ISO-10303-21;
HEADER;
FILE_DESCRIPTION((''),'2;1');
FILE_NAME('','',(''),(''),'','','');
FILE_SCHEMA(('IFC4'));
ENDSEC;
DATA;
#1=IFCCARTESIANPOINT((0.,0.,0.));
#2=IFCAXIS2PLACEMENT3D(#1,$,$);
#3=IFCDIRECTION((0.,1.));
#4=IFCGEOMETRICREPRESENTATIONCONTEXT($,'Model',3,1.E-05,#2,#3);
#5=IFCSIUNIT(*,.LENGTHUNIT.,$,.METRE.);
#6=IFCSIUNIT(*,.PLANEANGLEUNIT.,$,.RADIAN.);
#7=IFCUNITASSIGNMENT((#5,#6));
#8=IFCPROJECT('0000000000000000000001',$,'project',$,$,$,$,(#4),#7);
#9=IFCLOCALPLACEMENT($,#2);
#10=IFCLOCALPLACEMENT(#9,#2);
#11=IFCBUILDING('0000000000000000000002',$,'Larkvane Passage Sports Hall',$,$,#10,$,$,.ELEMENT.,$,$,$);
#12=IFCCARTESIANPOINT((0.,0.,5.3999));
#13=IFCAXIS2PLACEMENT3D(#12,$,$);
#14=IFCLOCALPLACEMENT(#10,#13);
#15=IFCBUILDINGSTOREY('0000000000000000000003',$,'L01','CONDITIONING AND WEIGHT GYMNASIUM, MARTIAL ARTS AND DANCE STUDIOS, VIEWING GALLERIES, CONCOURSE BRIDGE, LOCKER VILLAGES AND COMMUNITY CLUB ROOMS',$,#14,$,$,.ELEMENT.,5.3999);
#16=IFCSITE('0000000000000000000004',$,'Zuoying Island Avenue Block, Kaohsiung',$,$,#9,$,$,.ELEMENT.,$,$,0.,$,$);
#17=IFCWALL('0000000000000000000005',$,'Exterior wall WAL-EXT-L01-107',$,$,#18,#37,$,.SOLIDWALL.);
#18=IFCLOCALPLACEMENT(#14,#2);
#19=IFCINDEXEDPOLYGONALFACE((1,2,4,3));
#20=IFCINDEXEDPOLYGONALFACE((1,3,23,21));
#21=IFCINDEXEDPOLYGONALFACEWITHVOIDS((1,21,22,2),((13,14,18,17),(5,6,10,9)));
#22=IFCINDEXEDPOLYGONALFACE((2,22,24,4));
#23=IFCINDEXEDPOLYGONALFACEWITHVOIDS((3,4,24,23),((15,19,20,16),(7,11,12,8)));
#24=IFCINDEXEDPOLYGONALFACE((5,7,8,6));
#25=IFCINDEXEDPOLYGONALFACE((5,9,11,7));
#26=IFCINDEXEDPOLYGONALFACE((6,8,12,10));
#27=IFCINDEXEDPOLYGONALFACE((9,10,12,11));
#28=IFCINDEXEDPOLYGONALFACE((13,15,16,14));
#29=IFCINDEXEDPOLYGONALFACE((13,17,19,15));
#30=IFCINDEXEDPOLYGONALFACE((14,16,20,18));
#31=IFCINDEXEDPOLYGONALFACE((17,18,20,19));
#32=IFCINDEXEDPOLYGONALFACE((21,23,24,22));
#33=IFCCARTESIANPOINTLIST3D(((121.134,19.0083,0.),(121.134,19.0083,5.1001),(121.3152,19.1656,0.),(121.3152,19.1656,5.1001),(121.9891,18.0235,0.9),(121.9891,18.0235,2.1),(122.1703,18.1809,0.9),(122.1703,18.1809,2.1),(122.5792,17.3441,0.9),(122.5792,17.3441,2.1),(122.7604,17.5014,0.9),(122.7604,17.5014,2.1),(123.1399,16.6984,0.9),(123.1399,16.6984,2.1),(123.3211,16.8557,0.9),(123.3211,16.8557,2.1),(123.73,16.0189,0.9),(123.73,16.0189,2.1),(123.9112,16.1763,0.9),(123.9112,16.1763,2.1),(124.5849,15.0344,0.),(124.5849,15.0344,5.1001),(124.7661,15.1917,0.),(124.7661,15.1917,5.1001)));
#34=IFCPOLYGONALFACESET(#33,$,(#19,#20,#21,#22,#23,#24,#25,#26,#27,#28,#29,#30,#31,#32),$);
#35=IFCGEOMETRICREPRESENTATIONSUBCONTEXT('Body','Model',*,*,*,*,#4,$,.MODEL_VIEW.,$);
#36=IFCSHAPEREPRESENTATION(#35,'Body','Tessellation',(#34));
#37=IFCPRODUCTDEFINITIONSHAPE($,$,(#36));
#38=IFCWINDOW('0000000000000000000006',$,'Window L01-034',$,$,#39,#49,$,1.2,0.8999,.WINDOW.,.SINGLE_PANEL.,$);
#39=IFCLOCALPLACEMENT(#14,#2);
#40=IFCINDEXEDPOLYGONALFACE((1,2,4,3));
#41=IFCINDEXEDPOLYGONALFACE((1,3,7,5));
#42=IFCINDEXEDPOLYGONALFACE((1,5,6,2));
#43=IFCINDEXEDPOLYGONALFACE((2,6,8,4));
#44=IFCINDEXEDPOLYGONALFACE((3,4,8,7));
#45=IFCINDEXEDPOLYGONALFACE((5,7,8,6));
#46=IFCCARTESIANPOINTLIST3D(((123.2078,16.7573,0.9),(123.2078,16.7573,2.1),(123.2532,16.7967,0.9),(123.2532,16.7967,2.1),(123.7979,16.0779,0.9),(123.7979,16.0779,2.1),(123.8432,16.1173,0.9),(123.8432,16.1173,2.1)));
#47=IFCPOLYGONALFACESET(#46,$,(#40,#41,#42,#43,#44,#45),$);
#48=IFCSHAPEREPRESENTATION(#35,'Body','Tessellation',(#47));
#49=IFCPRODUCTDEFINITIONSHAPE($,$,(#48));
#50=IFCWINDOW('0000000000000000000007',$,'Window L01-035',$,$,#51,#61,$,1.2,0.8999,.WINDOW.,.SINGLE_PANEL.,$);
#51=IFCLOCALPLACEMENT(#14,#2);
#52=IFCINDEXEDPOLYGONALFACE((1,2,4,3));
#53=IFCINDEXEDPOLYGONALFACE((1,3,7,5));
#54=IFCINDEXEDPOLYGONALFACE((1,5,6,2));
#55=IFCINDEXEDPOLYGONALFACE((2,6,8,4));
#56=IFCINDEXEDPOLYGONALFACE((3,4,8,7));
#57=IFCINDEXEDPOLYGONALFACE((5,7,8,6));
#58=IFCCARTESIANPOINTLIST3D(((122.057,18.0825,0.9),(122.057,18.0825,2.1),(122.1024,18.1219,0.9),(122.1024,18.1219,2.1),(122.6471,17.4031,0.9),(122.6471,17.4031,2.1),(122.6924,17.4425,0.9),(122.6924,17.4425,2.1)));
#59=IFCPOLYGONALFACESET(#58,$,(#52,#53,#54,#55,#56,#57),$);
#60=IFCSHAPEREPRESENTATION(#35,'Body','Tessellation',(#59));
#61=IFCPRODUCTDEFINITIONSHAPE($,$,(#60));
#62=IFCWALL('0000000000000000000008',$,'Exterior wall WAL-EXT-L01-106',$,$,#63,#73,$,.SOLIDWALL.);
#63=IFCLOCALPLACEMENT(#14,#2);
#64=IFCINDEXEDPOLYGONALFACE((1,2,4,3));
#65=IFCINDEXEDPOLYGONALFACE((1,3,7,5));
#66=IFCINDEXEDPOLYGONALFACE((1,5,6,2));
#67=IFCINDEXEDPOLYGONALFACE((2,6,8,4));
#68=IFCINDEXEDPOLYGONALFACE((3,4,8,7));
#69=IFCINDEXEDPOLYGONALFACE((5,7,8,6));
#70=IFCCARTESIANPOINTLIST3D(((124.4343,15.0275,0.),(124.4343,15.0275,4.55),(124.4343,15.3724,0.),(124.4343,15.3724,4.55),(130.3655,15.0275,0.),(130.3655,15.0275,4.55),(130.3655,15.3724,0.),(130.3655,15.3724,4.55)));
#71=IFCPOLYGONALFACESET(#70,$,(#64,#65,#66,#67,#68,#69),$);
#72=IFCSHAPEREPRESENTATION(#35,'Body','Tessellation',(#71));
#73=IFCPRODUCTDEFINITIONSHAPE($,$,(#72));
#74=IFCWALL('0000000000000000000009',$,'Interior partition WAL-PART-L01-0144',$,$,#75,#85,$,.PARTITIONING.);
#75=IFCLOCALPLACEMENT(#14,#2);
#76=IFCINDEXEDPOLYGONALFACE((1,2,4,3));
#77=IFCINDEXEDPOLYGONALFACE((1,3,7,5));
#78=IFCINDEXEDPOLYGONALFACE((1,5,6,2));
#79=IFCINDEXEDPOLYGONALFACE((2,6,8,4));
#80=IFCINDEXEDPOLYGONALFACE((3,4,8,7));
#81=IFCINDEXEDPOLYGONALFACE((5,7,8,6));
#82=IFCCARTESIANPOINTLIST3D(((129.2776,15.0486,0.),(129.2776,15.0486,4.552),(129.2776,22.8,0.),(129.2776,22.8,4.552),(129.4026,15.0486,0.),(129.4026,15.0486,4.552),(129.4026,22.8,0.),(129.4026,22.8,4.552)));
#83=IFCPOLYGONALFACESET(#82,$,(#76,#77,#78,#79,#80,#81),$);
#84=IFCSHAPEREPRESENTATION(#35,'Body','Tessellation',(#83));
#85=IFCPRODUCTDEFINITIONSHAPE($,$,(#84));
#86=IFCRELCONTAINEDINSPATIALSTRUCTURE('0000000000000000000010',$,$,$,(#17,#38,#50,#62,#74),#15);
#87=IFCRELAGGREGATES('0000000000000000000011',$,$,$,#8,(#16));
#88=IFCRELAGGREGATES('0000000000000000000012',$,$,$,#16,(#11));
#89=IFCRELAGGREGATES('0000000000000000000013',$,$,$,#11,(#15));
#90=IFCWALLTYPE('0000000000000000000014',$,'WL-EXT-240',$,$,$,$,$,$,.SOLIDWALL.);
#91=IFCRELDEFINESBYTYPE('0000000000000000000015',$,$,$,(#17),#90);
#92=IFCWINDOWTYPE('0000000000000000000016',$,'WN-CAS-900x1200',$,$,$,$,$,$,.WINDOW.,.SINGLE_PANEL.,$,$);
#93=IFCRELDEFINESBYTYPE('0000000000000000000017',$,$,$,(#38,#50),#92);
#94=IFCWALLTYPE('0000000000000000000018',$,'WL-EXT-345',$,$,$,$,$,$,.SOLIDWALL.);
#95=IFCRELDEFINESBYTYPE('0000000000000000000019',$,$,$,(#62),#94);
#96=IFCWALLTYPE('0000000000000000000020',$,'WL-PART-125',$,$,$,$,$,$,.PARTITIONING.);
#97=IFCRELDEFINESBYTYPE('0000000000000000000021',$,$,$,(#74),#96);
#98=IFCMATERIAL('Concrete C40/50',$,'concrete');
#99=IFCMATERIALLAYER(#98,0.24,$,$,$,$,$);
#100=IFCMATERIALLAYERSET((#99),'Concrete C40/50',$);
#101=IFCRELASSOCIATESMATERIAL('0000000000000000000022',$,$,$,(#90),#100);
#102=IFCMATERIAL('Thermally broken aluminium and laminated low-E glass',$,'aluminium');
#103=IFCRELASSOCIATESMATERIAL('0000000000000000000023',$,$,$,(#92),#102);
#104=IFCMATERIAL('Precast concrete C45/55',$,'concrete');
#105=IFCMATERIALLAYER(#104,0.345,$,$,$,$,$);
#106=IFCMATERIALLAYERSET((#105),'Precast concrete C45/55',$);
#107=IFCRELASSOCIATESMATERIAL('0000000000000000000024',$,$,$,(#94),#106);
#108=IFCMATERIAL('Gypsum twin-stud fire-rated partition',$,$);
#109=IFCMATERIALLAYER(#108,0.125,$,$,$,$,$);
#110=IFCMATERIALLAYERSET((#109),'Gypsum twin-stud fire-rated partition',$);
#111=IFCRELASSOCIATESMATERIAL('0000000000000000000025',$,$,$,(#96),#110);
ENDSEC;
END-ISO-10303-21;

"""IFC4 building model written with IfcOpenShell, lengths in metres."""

from ifc_helpers import new_model, si_unit, direction, frame, frame_2d, origin, place, context, subcontext, project, spatial, rectangle, extrude, material, layer, layer_set, type_object, element, fill, save


model = new_model("IFC4")

# Units and contexts
model_context = context("Model", 3, precision=1e-05, world=origin(), true_north=direction((0.0, 1.0)))
body_context = subcontext(model_context, "Body", "Model", "MODEL_VIEW")
ifc_project = project(units=[si_unit("LENGTHUNIT", "METRE"), si_unit("PLANEANGLEUNIT", "RADIAN")], contexts=[model_context])

# Site, building, storey
site_placement = place(None, origin())
site = spatial("IfcSite", under=ifc_project, at=site_placement, Name="Zuoying Island Avenue Block, Kaohsiung", CompositionType="ELEMENT", RefElevation=0.0)
building_placement = place(site_placement, origin())
building = spatial("IfcBuilding", under=site, at=building_placement, Name="Larkvane Passage Sports Hall", CompositionType="ELEMENT")
storey_placement = place(building_placement, frame((0.0, 0.0, 5.3999)))
storey = spatial("IfcBuildingStorey", under=building, at=storey_placement, Name="L01", Description="CONDITIONING AND WEIGHT GYMNASIUM, MARTIAL ARTS AND DANCE STUDIOS, VIEWING GALLERIES, CONCOURSE BRIDGE, LOCKER VILLAGES AND COMMUNITY CLUB ROOMS", CompositionType="ELEMENT", Elevation=5.3999)

# Wall, openings, windows
ifc_material_1 = material(Name="Concrete C40/50", Category="concrete")
ifc_layer_1 = layer(ifc_material_1, 0.24)
ifc_layer_set_1 = layer_set([ifc_layer_1], Name="Concrete C40/50")
wall_type_1 = type_object("IfcWallType", Name="WL-EXT-240", PredefinedType="SOLIDWALL", material=ifc_layer_set_1)
wall_1_placement = place(storey_placement, frame((124.6755, 15.113, 0.0), z_axis=(0.0, 0.0, 1.0), x_axis=(-0.655679, 0.75504, 0.0)))
wall_1 = element("IfcWall", 1, at=wall_1_placement, inside=storey, type_object=wall_type_1, Name="Exterior wall WAL-EXT-L01-107", PredefinedType="SOLIDWALL", context=body_context, shape_type="SweptSolid", body=[
    extrude(rectangle(XDim=5.2632, YDim=0.24, at=frame_2d((2.6316, 0.0))), origin(), (0.0, 0.0, 1.0), 5.1001),
])
opening_1_placement = place(wall_1_placement, frame((1.304, 0.0, 0.8999)))
opening_1 = element("IfcOpeningElement", 2, at=opening_1_placement, cuts=wall_1, PredefinedType="OPENING", context=body_context, shape_type="SweptSolid", body=[
    extrude(rectangle(XDim=0.8999, YDim=1.2, at=frame_2d((0.45, 0.6001))), frame((0.0, 0.1299, 0.0), z_axis=(0.0, -1.0, 0.0), x_axis=(1.0, 0.0, 0.0)), (0.0, 0.0, 1.0), 0.26),
])
opening_2_placement = place(wall_1_placement, frame((3.0591, 0.0, 0.8999)))
opening_2 = element("IfcOpeningElement", 3, at=opening_2_placement, cuts=wall_1, PredefinedType="OPENING", context=body_context, shape_type="SweptSolid", body=[
    extrude(rectangle(XDim=0.8999, YDim=1.2, at=frame_2d((0.45, 0.6001))), frame((0.0, 0.1299, 0.0), z_axis=(0.0, -1.0, 0.0), x_axis=(1.0, 0.0, 0.0)), (0.0, 0.0, 1.0), 0.26),
])
ifc_material_2 = material(Name="Thermally broken aluminium and laminated low-E glass", Category="aluminium")
window_type = type_object("IfcWindowType", Name="WN-CAS-900x1200", PartitioningType="SINGLE_PANEL", PredefinedType="WINDOW", material=ifc_material_2)
window_1_placement = place(opening_1_placement, origin())
window_1 = element("IfcWindow", 4, at=window_1_placement, inside=storey, type_object=window_type, Name="Window L01-034", OverallHeight=1.2, OverallWidth=0.8999, PartitioningType="SINGLE_PANEL", PredefinedType="WINDOW", context=body_context, shape_type="SweptSolid", body=[
    extrude(rectangle(XDim=0.8999, YDim=1.2, at=frame_2d((0.45, 0.6001))), frame((0.0, 0.03, 0.0), z_axis=(0.0, -1.0, 0.0), x_axis=(1.0, 0.0, 0.0)), (0.0, 0.0, 1.0), 0.0601),
])
fill(opening_1, window_1)
window_2_placement = place(opening_2_placement, origin())
window_2 = element("IfcWindow", 5, at=window_2_placement, inside=storey, type_object=window_type, Name="Window L01-035", OverallHeight=1.2, OverallWidth=0.8999, PartitioningType="SINGLE_PANEL", PredefinedType="WINDOW", context=body_context, shape_type="SweptSolid", body=[
    extrude(rectangle(XDim=0.8999, YDim=1.2, at=frame_2d((0.45, 0.6001))), frame((0.0, 0.03, 0.0), z_axis=(0.0, -1.0, 0.0), x_axis=(1.0, 0.0, 0.0)), (0.0, 0.0, 1.0), 0.0601),
])
fill(opening_2, window_2)

# Walls
ifc_material_3 = material(Name="Precast concrete C45/55", Category="concrete")
ifc_layer_2 = layer(ifc_material_3, 0.345)
ifc_layer_set_2 = layer_set([ifc_layer_2], Name="Precast concrete C45/55")
wall_type_2 = type_object("IfcWallType", Name="WL-EXT-345", PredefinedType="SOLIDWALL", material=ifc_layer_set_2)
wall_2_placement = place(storey_placement, frame((130.3655, 15.2, 0.0), z_axis=(0.0, 0.0, 1.0), x_axis=(-1.0, 0.0, 0.0)))
element("IfcWall", 6, at=wall_2_placement, inside=storey, type_object=wall_type_2, Name="Exterior wall WAL-EXT-L01-106", PredefinedType="SOLIDWALL", context=body_context, shape_type="SweptSolid", body=[
    extrude(rectangle(XDim=5.9312, YDim=0.345, at=frame_2d((2.9656, 0.0))), origin(), (0.0, 0.0, 1.0), 4.55),
])
ifc_material_4 = material(Name="Gypsum twin-stud fire-rated partition")
ifc_layer_3 = layer(ifc_material_4, 0.125)
ifc_layer_set_3 = layer_set([ifc_layer_3], Name="Gypsum twin-stud fire-rated partition")
wall_type_3 = type_object("IfcWallType", Name="WL-PART-125", PredefinedType="PARTITIONING", material=ifc_layer_set_3)
wall_3_placement = place(storey_placement, frame((129.3401, 15.0486, 0.0), z_axis=(0.0, 0.0, 1.0), x_axis=(0.0, 1.0, 0.0)))
element("IfcWall", 7, at=wall_3_placement, inside=storey, type_object=wall_type_3, Name="Interior partition WAL-PART-L01-0144", PredefinedType="PARTITIONING", context=body_context, shape_type="SweptSolid", body=[
    extrude(rectangle(XDim=7.7515, YDim=0.125, at=frame_2d((3.8757, 0.0))), origin(), (0.0, 0.0, 1.0), 4.552),
])

save(model, "model.ifc")
